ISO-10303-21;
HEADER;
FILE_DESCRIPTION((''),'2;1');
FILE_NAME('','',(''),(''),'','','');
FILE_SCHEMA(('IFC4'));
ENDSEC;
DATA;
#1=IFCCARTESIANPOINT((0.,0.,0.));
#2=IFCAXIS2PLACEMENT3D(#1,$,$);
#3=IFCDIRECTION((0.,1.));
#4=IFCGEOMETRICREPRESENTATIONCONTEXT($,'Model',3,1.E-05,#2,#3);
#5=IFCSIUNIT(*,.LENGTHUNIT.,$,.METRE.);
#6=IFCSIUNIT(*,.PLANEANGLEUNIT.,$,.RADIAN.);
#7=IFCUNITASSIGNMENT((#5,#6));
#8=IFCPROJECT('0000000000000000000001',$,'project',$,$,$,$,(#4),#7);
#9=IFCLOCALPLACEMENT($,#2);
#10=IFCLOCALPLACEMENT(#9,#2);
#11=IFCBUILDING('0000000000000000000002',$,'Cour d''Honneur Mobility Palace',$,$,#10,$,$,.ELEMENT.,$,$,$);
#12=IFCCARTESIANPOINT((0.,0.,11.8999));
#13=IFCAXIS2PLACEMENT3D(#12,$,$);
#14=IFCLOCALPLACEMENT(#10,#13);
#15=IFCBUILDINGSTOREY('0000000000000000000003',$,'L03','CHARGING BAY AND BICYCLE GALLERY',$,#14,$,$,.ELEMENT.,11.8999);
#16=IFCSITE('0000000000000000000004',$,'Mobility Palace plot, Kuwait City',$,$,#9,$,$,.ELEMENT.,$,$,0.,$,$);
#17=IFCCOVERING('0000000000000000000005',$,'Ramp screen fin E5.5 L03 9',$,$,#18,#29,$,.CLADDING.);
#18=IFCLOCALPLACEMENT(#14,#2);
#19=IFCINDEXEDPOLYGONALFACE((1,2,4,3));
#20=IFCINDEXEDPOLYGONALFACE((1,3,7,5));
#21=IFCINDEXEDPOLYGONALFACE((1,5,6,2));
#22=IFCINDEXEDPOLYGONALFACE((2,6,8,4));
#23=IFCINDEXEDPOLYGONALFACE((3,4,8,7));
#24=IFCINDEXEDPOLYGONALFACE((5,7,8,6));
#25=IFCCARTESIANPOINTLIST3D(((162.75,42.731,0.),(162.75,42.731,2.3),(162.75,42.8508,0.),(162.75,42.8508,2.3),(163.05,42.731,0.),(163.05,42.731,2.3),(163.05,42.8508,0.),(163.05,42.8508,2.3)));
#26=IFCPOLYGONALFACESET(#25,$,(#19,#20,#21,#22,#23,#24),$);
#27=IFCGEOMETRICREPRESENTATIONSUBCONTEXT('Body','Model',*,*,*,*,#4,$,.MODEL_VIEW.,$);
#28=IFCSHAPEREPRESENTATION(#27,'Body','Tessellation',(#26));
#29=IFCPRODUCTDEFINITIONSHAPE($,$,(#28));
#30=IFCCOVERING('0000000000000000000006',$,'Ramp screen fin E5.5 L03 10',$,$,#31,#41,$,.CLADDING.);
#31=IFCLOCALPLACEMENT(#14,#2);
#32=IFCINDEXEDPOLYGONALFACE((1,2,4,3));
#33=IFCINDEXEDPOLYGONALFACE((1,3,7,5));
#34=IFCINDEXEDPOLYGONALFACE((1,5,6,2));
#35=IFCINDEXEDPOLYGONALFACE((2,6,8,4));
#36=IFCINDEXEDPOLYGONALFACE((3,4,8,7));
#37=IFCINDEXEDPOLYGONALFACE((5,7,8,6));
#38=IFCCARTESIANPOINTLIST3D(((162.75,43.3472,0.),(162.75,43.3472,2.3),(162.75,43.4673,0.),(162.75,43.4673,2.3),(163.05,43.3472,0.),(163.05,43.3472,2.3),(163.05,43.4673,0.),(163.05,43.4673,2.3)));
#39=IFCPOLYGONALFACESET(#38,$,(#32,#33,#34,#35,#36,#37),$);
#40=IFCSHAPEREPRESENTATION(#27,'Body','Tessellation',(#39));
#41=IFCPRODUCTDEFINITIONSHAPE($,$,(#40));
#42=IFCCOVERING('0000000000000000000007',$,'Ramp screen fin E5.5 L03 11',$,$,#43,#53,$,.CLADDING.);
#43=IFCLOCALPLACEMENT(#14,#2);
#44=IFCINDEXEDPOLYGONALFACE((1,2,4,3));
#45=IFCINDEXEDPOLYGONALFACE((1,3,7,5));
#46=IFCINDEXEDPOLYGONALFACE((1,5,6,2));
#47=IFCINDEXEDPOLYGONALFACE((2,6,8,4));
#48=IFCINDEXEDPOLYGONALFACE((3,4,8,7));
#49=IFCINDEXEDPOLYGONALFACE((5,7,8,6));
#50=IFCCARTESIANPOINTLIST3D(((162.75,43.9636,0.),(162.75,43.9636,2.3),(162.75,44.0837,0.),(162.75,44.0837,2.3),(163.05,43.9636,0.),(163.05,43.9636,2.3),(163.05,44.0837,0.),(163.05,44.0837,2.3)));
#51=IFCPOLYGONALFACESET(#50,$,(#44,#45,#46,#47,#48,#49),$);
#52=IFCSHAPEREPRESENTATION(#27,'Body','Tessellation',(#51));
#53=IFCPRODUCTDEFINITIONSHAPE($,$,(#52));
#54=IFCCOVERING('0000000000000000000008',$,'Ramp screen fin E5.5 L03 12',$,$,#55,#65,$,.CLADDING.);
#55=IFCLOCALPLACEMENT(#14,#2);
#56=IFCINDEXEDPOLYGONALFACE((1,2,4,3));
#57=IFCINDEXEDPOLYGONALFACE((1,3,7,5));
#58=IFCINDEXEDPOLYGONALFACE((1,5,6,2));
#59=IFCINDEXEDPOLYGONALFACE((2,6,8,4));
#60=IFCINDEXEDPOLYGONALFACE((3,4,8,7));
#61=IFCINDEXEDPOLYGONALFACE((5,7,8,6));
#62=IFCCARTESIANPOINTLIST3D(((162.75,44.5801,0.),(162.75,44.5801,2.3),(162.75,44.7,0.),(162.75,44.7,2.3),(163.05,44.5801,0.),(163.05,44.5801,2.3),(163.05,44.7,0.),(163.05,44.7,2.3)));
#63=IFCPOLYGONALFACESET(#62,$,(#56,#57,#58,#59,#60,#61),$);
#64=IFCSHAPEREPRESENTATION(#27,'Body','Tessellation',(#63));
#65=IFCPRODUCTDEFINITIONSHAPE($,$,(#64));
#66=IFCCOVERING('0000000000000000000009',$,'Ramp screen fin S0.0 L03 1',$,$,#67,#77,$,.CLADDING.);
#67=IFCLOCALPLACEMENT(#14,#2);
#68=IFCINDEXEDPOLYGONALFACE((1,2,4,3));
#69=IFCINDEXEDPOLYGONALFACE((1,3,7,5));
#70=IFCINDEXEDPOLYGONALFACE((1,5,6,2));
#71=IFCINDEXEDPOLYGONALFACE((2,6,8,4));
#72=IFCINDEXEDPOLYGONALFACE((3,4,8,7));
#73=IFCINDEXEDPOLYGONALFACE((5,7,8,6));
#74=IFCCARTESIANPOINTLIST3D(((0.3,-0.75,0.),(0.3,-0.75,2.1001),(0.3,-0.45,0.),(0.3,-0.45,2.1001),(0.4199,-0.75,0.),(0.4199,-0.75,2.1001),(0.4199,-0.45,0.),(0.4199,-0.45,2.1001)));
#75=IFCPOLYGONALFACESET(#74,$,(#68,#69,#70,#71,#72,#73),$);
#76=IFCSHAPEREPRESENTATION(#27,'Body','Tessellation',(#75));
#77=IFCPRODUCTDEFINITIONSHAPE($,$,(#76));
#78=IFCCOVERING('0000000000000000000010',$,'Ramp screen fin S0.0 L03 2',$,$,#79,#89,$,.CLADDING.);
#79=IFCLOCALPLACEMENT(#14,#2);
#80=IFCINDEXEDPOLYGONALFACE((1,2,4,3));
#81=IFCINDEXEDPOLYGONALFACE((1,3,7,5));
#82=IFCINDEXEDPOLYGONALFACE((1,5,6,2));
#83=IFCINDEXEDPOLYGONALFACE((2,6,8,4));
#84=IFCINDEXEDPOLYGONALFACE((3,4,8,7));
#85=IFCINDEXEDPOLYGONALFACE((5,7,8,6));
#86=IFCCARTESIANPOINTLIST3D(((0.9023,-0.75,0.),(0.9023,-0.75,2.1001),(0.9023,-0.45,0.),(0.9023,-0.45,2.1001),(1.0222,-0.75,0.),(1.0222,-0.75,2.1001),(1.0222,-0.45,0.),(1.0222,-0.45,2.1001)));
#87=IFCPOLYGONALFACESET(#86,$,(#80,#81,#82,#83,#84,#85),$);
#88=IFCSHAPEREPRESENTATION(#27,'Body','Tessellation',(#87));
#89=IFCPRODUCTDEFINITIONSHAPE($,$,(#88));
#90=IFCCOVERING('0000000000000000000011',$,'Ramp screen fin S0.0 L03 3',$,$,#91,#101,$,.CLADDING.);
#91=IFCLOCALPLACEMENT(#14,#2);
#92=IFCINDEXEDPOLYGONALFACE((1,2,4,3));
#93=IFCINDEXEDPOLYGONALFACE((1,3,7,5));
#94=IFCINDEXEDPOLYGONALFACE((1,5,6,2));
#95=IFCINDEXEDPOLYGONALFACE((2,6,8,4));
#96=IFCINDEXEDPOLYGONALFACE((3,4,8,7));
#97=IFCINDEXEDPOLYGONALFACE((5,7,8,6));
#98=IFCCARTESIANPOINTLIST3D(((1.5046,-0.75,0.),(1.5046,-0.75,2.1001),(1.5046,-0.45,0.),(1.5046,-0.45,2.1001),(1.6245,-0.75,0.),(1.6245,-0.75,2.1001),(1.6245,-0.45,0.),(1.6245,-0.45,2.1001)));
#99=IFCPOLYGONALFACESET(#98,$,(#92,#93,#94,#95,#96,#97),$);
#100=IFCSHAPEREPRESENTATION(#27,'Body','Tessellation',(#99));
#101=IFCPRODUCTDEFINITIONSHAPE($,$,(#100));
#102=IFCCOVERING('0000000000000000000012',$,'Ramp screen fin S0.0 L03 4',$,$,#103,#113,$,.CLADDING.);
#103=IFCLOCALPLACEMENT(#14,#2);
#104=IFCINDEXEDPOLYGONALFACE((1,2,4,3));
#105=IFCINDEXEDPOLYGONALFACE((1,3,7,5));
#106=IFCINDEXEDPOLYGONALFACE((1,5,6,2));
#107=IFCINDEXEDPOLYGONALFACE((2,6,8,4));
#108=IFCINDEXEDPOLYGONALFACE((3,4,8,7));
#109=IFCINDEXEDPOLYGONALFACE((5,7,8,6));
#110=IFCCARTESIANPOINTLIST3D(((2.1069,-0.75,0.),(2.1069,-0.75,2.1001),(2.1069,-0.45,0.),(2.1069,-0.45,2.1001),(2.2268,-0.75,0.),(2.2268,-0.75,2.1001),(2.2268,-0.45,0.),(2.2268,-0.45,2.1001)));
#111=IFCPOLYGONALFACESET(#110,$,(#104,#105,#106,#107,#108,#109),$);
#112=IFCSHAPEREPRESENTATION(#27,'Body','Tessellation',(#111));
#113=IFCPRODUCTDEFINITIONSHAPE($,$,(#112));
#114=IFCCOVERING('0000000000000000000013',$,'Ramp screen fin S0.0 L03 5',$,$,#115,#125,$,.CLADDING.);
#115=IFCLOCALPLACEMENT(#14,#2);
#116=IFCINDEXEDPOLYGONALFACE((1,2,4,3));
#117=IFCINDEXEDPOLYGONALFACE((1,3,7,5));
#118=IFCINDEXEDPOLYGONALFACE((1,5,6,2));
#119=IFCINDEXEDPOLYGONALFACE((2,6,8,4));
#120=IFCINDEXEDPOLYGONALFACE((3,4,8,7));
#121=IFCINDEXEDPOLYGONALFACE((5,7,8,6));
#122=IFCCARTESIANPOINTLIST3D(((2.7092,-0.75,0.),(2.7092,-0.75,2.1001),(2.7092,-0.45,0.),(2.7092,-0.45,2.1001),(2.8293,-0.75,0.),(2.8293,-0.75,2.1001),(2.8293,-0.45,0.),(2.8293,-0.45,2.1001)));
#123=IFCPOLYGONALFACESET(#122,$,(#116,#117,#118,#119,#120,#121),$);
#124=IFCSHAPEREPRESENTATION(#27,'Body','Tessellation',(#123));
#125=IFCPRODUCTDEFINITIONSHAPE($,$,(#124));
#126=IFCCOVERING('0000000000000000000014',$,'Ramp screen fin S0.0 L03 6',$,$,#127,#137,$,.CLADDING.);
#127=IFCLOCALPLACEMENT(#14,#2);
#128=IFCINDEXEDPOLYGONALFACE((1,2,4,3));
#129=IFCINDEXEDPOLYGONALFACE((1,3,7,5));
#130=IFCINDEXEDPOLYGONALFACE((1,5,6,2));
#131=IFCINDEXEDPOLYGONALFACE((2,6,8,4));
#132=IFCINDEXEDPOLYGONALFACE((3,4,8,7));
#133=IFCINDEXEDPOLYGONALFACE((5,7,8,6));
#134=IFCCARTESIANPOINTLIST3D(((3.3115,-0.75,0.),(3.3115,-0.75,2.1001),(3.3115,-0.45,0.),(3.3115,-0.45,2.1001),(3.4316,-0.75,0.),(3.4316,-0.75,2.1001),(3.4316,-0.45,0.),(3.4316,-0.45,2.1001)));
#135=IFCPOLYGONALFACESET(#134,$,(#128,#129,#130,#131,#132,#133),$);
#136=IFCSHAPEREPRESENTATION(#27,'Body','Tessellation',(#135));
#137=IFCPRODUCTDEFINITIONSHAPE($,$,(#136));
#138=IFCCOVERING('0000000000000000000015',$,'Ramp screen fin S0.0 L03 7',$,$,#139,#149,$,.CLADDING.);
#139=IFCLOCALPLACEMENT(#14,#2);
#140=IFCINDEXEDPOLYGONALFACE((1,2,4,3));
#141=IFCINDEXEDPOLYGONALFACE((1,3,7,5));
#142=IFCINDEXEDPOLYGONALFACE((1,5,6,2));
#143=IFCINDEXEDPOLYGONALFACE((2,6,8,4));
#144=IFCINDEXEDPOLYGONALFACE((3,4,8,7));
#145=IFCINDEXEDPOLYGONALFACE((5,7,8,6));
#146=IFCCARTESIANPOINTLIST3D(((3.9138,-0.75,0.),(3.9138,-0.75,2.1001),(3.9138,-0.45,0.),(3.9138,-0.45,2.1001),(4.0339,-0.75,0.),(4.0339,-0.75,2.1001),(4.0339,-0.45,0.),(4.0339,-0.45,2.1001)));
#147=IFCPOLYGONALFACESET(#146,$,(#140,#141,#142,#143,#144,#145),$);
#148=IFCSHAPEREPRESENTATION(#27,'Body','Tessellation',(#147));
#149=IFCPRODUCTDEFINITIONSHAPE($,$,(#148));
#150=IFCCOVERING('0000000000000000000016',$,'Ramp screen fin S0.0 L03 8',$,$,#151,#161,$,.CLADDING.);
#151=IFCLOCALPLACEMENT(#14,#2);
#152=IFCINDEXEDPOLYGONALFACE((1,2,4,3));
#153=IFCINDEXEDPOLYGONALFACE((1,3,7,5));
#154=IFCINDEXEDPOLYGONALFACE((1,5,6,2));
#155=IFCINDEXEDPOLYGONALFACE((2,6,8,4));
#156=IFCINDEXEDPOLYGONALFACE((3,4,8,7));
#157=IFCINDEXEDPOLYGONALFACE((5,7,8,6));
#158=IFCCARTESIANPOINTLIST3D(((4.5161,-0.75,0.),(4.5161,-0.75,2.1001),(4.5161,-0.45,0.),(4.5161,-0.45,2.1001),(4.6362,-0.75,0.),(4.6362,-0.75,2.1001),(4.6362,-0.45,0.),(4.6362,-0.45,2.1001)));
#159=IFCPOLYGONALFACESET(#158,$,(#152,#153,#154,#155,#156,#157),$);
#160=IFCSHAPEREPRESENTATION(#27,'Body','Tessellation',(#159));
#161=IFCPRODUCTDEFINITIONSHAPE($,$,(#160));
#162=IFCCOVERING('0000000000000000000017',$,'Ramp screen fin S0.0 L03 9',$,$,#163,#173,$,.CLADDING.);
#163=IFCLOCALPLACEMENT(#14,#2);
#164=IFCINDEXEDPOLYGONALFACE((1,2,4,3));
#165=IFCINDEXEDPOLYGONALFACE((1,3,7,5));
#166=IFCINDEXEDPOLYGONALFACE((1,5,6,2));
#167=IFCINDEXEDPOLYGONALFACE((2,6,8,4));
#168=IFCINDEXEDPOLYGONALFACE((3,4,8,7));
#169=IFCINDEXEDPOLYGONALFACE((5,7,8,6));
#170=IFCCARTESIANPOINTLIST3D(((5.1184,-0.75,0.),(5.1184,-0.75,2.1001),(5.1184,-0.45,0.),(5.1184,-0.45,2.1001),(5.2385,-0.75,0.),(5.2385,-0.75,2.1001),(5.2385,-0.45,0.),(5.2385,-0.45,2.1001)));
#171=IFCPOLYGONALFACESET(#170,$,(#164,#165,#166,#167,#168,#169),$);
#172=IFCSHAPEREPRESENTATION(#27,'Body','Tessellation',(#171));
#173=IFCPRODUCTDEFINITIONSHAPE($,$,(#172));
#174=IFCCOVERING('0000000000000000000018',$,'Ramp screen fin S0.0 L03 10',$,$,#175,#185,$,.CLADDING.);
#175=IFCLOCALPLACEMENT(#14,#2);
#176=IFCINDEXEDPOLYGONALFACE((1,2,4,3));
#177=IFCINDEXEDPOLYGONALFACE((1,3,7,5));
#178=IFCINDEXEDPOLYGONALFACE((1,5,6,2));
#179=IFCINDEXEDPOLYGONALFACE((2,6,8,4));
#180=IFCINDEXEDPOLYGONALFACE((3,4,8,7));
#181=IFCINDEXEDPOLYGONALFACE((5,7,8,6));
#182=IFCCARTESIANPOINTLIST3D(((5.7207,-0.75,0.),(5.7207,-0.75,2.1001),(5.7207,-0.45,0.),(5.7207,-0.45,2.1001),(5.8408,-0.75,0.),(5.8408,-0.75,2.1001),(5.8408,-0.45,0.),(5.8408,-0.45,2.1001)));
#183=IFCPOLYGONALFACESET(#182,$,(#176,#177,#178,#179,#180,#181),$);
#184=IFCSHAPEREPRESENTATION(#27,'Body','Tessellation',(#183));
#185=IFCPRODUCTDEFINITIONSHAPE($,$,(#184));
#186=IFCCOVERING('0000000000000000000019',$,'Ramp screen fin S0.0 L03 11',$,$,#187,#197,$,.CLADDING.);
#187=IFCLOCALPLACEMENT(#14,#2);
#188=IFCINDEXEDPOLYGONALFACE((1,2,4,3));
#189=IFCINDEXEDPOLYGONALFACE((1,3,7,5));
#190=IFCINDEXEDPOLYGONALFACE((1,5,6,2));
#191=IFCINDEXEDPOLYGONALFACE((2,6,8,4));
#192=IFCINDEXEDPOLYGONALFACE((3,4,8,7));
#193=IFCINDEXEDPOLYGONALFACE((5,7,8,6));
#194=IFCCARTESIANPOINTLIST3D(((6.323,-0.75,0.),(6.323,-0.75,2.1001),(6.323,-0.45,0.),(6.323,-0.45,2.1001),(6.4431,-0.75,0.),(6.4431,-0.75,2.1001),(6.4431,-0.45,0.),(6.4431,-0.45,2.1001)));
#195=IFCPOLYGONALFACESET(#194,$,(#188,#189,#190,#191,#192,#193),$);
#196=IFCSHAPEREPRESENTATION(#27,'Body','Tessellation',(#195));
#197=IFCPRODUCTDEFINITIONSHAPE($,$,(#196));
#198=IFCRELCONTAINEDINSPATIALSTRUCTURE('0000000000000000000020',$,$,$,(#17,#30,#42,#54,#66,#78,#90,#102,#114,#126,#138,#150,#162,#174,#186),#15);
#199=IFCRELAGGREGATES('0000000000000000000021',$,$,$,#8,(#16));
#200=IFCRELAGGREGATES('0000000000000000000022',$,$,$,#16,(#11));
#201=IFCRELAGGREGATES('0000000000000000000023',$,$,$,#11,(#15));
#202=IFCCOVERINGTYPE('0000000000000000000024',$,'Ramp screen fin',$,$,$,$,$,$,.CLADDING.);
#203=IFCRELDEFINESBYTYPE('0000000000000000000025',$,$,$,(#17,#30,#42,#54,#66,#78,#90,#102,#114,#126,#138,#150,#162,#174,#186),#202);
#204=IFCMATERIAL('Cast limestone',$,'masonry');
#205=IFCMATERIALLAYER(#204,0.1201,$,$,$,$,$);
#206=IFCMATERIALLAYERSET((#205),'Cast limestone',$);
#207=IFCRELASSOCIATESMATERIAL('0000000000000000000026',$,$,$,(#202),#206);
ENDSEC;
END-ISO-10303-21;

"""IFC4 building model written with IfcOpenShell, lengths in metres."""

from ifc_helpers import new_model, si_unit, direction, frame, origin, place, context, subcontext, project, spatial, polyline, outline, extrude, material, layer, layer_set, type_object, element, save


model = new_model("IFC4")

# Units and contexts
model_context = context("Model", 3, precision=1e-05, world=origin(), true_north=direction((0.0, 1.0)))
body_context = subcontext(model_context, "Body", "Model", "MODEL_VIEW")
ifc_project = project(units=[si_unit("LENGTHUNIT", "METRE"), si_unit("PLANEANGLEUNIT", "RADIAN")], contexts=[model_context])

# Site, building, storey
site_placement = place(None, origin())
site = spatial("IfcSite", under=ifc_project, at=site_placement, Name="Mobility Palace plot, Kuwait City", CompositionType="ELEMENT", RefElevation=0.0)
building_placement = place(site_placement, origin())
building = spatial("IfcBuilding", under=site, at=building_placement, Name="Cour d'Honneur Mobility Palace", CompositionType="ELEMENT")
storey_placement = place(building_placement, frame((0.0, 0.0, 11.8999)))
storey = spatial("IfcBuildingStorey", under=building, at=storey_placement, Name="L03", Description="CHARGING BAY AND BICYCLE GALLERY", CompositionType="ELEMENT", Elevation=11.8999)

# Coverings
ifc_material = material(Name="Cast limestone", Category="masonry")
ifc_layer = layer(ifc_material, 0.1201)
ifc_layer_set = layer_set([ifc_layer], Name="Cast limestone")
covering_type = type_object("IfcCoveringType", Name="Ramp screen fin", PredefinedType="CLADDING", material=ifc_layer_set)
covering_1_placement = place(storey_placement, origin())
element("IfcCovering", 1, at=covering_1_placement, inside=storey, type_object=covering_type, Name="Ramp screen fin E5.5 L03 9", PredefinedType="CLADDING", context=body_context, shape_type="SweptSolid", body=[
    extrude(outline(polyline([(162.75, 42.731), (162.75, 42.8508), (163.05, 42.8508), (163.05, 42.731), (162.75, 42.731)])), origin(), (0.0, 0.0, 1.0), 2.3),
])
covering_2_placement = place(storey_placement, origin())
element("IfcCovering", 2, at=covering_2_placement, inside=storey, type_object=covering_type, Name="Ramp screen fin E5.5 L03 10", PredefinedType="CLADDING", context=body_context, shape_type="SweptSolid", body=[
    extrude(outline(polyline([(162.75, 43.3472), (162.75, 43.4673), (163.05, 43.4673), (163.05, 43.3472), (162.75, 43.3472)])), origin(), (0.0, 0.0, 1.0), 2.3),
])
covering_3_placement = place(storey_placement, origin())
element("IfcCovering", 3, at=covering_3_placement, inside=storey, type_object=covering_type, Name="Ramp screen fin E5.5 L03 11", PredefinedType="CLADDING", context=body_context, shape_type="SweptSolid", body=[
    extrude(outline(polyline([(162.75, 43.9636), (162.75, 44.0837), (163.05, 44.0837), (163.05, 43.9636), (162.75, 43.9636)])), origin(), (0.0, 0.0, 1.0), 2.3),
])
covering_4_placement = place(storey_placement, origin())
element("IfcCovering", 4, at=covering_4_placement, inside=storey, type_object=covering_type, Name="Ramp screen fin E5.5 L03 12", PredefinedType="CLADDING", context=body_context, shape_type="SweptSolid", body=[
    extrude(outline(polyline([(162.75, 44.5801), (162.75, 44.7), (163.05, 44.7), (163.05, 44.5801), (162.75, 44.5801)])), origin(), (0.0, 0.0, 1.0), 2.3),
])
covering_5_placement = place(storey_placement, origin())
element("IfcCovering", 5, at=covering_5_placement, inside=storey, type_object=covering_type, Name="Ramp screen fin S0.0 L03 1", PredefinedType="CLADDING", context=body_context, shape_type="SweptSolid", body=[
    extrude(outline(polyline([(0.3, -0.45), (0.4199, -0.45), (0.4199, -0.75), (0.3, -0.75), (0.3, -0.45)])), origin(), (0.0, 0.0, 1.0), 2.1001),
])
covering_6_placement = place(storey_placement, origin())
element("IfcCovering", 6, at=covering_6_placement, inside=storey, type_object=covering_type, Name="Ramp screen fin S0.0 L03 2", PredefinedType="CLADDING", context=body_context, shape_type="SweptSolid", body=[
    extrude(outline(polyline([(0.9023, -0.45), (1.0222, -0.45), (1.0222, -0.75), (0.9023, -0.75), (0.9023, -0.45)])), origin(), (0.0, 0.0, 1.0), 2.1001),
])
covering_7_placement = place(storey_placement, origin())
element("IfcCovering", 7, at=covering_7_placement, inside=storey, type_object=covering_type, Name="Ramp screen fin S0.0 L03 3", PredefinedType="CLADDING", context=body_context, shape_type="SweptSolid", body=[
    extrude(outline(polyline([(1.5046, -0.45), (1.6245, -0.45), (1.6245, -0.75), (1.5046, -0.75), (1.5046, -0.45)])), origin(), (0.0, 0.0, 1.0), 2.1001),
])
covering_8_placement = place(storey_placement, origin())
element("IfcCovering", 8, at=covering_8_placement, inside=storey, type_object=covering_type, Name="Ramp screen fin S0.0 L03 4", PredefinedType="CLADDING", context=body_context, shape_type="SweptSolid", body=[
    extrude(outline(polyline([(2.1069, -0.45), (2.2268, -0.45), (2.2268, -0.75), (2.1069, -0.75), (2.1069, -0.45)])), origin(), (0.0, 0.0, 1.0), 2.1001),
])
covering_9_placement = place(storey_placement, origin())
element("IfcCovering", 9, at=covering_9_placement, inside=storey, type_object=covering_type, Name="Ramp screen fin S0.0 L03 5", PredefinedType="CLADDING", context=body_context, shape_type="SweptSolid", body=[
    extrude(outline(polyline([(2.7092, -0.45), (2.8293, -0.45), (2.8293, -0.75), (2.7092, -0.75), (2.7092, -0.45)])), origin(), (0.0, 0.0, 1.0), 2.1001),
])
covering_10_placement = place(storey_placement, origin())
element("IfcCovering", 10, at=covering_10_placement, inside=storey, type_object=covering_type, Name="Ramp screen fin S0.0 L03 6", PredefinedType="CLADDING", context=body_context, shape_type="SweptSolid", body=[
    extrude(outline(polyline([(3.3115, -0.45), (3.4316, -0.45), (3.4316, -0.75), (3.3115, -0.75), (3.3115, -0.45)])), origin(), (0.0, 0.0, 1.0), 2.1001),
])
covering_11_placement = place(storey_placement, origin())
element("IfcCovering", 11, at=covering_11_placement, inside=storey, type_object=covering_type, Name="Ramp screen fin S0.0 L03 7", PredefinedType="CLADDING", context=body_context, shape_type="SweptSolid", body=[
    extrude(outline(polyline([(3.9138, -0.45), (4.0339, -0.45), (4.0339, -0.75), (3.9138, -0.75), (3.9138, -0.45)])), origin(), (0.0, 0.0, 1.0), 2.1001),
])
covering_12_placement = place(storey_placement, origin())
element("IfcCovering", 12, at=covering_12_placement, inside=storey, type_object=covering_type, Name="Ramp screen fin S0.0 L03 8", PredefinedType="CLADDING", context=body_context, shape_type="SweptSolid", body=[
    extrude(outline(polyline([(4.5161, -0.45), (4.6362, -0.45), (4.6362, -0.75), (4.5161, -0.75), (4.5161, -0.45)])), origin(), (0.0, 0.0, 1.0), 2.1001),
])
covering_13_placement = place(storey_placement, origin())
element("IfcCovering", 13, at=covering_13_placement, inside=storey, type_object=covering_type, Name="Ramp screen fin S0.0 L03 9", PredefinedType="CLADDING", context=body_context, shape_type="SweptSolid", body=[
    extrude(outline(polyline([(5.1184, -0.45), (5.2385, -0.45), (5.2385, -0.75), (5.1184, -0.75), (5.1184, -0.45)])), origin(), (0.0, 0.0, 1.0), 2.1001),
])
covering_14_placement = place(storey_placement, origin())
element("IfcCovering", 14, at=covering_14_placement, inside=storey, type_object=covering_type, Name="Ramp screen fin S0.0 L03 10", PredefinedType="CLADDING", context=body_context, shape_type="SweptSolid", body=[
    extrude(outline(polyline([(5.7207, -0.45), (5.8408, -0.45), (5.8408, -0.75), (5.7207, -0.75), (5.7207, -0.45)])), origin(), (0.0, 0.0, 1.0), 2.1001),
])
covering_15_placement = place(storey_placement, origin())
element("IfcCovering", 15, at=covering_15_placement, inside=storey, type_object=covering_type, Name="Ramp screen fin S0.0 L03 11", PredefinedType="CLADDING", context=body_context, shape_type="SweptSolid", body=[
    extrude(outline(polyline([(6.323, -0.45), (6.4431, -0.45), (6.4431, -0.75), (6.323, -0.75), (6.323, -0.45)])), origin(), (0.0, 0.0, 1.0), 2.1001),
])

save(model, "model.ifc")
